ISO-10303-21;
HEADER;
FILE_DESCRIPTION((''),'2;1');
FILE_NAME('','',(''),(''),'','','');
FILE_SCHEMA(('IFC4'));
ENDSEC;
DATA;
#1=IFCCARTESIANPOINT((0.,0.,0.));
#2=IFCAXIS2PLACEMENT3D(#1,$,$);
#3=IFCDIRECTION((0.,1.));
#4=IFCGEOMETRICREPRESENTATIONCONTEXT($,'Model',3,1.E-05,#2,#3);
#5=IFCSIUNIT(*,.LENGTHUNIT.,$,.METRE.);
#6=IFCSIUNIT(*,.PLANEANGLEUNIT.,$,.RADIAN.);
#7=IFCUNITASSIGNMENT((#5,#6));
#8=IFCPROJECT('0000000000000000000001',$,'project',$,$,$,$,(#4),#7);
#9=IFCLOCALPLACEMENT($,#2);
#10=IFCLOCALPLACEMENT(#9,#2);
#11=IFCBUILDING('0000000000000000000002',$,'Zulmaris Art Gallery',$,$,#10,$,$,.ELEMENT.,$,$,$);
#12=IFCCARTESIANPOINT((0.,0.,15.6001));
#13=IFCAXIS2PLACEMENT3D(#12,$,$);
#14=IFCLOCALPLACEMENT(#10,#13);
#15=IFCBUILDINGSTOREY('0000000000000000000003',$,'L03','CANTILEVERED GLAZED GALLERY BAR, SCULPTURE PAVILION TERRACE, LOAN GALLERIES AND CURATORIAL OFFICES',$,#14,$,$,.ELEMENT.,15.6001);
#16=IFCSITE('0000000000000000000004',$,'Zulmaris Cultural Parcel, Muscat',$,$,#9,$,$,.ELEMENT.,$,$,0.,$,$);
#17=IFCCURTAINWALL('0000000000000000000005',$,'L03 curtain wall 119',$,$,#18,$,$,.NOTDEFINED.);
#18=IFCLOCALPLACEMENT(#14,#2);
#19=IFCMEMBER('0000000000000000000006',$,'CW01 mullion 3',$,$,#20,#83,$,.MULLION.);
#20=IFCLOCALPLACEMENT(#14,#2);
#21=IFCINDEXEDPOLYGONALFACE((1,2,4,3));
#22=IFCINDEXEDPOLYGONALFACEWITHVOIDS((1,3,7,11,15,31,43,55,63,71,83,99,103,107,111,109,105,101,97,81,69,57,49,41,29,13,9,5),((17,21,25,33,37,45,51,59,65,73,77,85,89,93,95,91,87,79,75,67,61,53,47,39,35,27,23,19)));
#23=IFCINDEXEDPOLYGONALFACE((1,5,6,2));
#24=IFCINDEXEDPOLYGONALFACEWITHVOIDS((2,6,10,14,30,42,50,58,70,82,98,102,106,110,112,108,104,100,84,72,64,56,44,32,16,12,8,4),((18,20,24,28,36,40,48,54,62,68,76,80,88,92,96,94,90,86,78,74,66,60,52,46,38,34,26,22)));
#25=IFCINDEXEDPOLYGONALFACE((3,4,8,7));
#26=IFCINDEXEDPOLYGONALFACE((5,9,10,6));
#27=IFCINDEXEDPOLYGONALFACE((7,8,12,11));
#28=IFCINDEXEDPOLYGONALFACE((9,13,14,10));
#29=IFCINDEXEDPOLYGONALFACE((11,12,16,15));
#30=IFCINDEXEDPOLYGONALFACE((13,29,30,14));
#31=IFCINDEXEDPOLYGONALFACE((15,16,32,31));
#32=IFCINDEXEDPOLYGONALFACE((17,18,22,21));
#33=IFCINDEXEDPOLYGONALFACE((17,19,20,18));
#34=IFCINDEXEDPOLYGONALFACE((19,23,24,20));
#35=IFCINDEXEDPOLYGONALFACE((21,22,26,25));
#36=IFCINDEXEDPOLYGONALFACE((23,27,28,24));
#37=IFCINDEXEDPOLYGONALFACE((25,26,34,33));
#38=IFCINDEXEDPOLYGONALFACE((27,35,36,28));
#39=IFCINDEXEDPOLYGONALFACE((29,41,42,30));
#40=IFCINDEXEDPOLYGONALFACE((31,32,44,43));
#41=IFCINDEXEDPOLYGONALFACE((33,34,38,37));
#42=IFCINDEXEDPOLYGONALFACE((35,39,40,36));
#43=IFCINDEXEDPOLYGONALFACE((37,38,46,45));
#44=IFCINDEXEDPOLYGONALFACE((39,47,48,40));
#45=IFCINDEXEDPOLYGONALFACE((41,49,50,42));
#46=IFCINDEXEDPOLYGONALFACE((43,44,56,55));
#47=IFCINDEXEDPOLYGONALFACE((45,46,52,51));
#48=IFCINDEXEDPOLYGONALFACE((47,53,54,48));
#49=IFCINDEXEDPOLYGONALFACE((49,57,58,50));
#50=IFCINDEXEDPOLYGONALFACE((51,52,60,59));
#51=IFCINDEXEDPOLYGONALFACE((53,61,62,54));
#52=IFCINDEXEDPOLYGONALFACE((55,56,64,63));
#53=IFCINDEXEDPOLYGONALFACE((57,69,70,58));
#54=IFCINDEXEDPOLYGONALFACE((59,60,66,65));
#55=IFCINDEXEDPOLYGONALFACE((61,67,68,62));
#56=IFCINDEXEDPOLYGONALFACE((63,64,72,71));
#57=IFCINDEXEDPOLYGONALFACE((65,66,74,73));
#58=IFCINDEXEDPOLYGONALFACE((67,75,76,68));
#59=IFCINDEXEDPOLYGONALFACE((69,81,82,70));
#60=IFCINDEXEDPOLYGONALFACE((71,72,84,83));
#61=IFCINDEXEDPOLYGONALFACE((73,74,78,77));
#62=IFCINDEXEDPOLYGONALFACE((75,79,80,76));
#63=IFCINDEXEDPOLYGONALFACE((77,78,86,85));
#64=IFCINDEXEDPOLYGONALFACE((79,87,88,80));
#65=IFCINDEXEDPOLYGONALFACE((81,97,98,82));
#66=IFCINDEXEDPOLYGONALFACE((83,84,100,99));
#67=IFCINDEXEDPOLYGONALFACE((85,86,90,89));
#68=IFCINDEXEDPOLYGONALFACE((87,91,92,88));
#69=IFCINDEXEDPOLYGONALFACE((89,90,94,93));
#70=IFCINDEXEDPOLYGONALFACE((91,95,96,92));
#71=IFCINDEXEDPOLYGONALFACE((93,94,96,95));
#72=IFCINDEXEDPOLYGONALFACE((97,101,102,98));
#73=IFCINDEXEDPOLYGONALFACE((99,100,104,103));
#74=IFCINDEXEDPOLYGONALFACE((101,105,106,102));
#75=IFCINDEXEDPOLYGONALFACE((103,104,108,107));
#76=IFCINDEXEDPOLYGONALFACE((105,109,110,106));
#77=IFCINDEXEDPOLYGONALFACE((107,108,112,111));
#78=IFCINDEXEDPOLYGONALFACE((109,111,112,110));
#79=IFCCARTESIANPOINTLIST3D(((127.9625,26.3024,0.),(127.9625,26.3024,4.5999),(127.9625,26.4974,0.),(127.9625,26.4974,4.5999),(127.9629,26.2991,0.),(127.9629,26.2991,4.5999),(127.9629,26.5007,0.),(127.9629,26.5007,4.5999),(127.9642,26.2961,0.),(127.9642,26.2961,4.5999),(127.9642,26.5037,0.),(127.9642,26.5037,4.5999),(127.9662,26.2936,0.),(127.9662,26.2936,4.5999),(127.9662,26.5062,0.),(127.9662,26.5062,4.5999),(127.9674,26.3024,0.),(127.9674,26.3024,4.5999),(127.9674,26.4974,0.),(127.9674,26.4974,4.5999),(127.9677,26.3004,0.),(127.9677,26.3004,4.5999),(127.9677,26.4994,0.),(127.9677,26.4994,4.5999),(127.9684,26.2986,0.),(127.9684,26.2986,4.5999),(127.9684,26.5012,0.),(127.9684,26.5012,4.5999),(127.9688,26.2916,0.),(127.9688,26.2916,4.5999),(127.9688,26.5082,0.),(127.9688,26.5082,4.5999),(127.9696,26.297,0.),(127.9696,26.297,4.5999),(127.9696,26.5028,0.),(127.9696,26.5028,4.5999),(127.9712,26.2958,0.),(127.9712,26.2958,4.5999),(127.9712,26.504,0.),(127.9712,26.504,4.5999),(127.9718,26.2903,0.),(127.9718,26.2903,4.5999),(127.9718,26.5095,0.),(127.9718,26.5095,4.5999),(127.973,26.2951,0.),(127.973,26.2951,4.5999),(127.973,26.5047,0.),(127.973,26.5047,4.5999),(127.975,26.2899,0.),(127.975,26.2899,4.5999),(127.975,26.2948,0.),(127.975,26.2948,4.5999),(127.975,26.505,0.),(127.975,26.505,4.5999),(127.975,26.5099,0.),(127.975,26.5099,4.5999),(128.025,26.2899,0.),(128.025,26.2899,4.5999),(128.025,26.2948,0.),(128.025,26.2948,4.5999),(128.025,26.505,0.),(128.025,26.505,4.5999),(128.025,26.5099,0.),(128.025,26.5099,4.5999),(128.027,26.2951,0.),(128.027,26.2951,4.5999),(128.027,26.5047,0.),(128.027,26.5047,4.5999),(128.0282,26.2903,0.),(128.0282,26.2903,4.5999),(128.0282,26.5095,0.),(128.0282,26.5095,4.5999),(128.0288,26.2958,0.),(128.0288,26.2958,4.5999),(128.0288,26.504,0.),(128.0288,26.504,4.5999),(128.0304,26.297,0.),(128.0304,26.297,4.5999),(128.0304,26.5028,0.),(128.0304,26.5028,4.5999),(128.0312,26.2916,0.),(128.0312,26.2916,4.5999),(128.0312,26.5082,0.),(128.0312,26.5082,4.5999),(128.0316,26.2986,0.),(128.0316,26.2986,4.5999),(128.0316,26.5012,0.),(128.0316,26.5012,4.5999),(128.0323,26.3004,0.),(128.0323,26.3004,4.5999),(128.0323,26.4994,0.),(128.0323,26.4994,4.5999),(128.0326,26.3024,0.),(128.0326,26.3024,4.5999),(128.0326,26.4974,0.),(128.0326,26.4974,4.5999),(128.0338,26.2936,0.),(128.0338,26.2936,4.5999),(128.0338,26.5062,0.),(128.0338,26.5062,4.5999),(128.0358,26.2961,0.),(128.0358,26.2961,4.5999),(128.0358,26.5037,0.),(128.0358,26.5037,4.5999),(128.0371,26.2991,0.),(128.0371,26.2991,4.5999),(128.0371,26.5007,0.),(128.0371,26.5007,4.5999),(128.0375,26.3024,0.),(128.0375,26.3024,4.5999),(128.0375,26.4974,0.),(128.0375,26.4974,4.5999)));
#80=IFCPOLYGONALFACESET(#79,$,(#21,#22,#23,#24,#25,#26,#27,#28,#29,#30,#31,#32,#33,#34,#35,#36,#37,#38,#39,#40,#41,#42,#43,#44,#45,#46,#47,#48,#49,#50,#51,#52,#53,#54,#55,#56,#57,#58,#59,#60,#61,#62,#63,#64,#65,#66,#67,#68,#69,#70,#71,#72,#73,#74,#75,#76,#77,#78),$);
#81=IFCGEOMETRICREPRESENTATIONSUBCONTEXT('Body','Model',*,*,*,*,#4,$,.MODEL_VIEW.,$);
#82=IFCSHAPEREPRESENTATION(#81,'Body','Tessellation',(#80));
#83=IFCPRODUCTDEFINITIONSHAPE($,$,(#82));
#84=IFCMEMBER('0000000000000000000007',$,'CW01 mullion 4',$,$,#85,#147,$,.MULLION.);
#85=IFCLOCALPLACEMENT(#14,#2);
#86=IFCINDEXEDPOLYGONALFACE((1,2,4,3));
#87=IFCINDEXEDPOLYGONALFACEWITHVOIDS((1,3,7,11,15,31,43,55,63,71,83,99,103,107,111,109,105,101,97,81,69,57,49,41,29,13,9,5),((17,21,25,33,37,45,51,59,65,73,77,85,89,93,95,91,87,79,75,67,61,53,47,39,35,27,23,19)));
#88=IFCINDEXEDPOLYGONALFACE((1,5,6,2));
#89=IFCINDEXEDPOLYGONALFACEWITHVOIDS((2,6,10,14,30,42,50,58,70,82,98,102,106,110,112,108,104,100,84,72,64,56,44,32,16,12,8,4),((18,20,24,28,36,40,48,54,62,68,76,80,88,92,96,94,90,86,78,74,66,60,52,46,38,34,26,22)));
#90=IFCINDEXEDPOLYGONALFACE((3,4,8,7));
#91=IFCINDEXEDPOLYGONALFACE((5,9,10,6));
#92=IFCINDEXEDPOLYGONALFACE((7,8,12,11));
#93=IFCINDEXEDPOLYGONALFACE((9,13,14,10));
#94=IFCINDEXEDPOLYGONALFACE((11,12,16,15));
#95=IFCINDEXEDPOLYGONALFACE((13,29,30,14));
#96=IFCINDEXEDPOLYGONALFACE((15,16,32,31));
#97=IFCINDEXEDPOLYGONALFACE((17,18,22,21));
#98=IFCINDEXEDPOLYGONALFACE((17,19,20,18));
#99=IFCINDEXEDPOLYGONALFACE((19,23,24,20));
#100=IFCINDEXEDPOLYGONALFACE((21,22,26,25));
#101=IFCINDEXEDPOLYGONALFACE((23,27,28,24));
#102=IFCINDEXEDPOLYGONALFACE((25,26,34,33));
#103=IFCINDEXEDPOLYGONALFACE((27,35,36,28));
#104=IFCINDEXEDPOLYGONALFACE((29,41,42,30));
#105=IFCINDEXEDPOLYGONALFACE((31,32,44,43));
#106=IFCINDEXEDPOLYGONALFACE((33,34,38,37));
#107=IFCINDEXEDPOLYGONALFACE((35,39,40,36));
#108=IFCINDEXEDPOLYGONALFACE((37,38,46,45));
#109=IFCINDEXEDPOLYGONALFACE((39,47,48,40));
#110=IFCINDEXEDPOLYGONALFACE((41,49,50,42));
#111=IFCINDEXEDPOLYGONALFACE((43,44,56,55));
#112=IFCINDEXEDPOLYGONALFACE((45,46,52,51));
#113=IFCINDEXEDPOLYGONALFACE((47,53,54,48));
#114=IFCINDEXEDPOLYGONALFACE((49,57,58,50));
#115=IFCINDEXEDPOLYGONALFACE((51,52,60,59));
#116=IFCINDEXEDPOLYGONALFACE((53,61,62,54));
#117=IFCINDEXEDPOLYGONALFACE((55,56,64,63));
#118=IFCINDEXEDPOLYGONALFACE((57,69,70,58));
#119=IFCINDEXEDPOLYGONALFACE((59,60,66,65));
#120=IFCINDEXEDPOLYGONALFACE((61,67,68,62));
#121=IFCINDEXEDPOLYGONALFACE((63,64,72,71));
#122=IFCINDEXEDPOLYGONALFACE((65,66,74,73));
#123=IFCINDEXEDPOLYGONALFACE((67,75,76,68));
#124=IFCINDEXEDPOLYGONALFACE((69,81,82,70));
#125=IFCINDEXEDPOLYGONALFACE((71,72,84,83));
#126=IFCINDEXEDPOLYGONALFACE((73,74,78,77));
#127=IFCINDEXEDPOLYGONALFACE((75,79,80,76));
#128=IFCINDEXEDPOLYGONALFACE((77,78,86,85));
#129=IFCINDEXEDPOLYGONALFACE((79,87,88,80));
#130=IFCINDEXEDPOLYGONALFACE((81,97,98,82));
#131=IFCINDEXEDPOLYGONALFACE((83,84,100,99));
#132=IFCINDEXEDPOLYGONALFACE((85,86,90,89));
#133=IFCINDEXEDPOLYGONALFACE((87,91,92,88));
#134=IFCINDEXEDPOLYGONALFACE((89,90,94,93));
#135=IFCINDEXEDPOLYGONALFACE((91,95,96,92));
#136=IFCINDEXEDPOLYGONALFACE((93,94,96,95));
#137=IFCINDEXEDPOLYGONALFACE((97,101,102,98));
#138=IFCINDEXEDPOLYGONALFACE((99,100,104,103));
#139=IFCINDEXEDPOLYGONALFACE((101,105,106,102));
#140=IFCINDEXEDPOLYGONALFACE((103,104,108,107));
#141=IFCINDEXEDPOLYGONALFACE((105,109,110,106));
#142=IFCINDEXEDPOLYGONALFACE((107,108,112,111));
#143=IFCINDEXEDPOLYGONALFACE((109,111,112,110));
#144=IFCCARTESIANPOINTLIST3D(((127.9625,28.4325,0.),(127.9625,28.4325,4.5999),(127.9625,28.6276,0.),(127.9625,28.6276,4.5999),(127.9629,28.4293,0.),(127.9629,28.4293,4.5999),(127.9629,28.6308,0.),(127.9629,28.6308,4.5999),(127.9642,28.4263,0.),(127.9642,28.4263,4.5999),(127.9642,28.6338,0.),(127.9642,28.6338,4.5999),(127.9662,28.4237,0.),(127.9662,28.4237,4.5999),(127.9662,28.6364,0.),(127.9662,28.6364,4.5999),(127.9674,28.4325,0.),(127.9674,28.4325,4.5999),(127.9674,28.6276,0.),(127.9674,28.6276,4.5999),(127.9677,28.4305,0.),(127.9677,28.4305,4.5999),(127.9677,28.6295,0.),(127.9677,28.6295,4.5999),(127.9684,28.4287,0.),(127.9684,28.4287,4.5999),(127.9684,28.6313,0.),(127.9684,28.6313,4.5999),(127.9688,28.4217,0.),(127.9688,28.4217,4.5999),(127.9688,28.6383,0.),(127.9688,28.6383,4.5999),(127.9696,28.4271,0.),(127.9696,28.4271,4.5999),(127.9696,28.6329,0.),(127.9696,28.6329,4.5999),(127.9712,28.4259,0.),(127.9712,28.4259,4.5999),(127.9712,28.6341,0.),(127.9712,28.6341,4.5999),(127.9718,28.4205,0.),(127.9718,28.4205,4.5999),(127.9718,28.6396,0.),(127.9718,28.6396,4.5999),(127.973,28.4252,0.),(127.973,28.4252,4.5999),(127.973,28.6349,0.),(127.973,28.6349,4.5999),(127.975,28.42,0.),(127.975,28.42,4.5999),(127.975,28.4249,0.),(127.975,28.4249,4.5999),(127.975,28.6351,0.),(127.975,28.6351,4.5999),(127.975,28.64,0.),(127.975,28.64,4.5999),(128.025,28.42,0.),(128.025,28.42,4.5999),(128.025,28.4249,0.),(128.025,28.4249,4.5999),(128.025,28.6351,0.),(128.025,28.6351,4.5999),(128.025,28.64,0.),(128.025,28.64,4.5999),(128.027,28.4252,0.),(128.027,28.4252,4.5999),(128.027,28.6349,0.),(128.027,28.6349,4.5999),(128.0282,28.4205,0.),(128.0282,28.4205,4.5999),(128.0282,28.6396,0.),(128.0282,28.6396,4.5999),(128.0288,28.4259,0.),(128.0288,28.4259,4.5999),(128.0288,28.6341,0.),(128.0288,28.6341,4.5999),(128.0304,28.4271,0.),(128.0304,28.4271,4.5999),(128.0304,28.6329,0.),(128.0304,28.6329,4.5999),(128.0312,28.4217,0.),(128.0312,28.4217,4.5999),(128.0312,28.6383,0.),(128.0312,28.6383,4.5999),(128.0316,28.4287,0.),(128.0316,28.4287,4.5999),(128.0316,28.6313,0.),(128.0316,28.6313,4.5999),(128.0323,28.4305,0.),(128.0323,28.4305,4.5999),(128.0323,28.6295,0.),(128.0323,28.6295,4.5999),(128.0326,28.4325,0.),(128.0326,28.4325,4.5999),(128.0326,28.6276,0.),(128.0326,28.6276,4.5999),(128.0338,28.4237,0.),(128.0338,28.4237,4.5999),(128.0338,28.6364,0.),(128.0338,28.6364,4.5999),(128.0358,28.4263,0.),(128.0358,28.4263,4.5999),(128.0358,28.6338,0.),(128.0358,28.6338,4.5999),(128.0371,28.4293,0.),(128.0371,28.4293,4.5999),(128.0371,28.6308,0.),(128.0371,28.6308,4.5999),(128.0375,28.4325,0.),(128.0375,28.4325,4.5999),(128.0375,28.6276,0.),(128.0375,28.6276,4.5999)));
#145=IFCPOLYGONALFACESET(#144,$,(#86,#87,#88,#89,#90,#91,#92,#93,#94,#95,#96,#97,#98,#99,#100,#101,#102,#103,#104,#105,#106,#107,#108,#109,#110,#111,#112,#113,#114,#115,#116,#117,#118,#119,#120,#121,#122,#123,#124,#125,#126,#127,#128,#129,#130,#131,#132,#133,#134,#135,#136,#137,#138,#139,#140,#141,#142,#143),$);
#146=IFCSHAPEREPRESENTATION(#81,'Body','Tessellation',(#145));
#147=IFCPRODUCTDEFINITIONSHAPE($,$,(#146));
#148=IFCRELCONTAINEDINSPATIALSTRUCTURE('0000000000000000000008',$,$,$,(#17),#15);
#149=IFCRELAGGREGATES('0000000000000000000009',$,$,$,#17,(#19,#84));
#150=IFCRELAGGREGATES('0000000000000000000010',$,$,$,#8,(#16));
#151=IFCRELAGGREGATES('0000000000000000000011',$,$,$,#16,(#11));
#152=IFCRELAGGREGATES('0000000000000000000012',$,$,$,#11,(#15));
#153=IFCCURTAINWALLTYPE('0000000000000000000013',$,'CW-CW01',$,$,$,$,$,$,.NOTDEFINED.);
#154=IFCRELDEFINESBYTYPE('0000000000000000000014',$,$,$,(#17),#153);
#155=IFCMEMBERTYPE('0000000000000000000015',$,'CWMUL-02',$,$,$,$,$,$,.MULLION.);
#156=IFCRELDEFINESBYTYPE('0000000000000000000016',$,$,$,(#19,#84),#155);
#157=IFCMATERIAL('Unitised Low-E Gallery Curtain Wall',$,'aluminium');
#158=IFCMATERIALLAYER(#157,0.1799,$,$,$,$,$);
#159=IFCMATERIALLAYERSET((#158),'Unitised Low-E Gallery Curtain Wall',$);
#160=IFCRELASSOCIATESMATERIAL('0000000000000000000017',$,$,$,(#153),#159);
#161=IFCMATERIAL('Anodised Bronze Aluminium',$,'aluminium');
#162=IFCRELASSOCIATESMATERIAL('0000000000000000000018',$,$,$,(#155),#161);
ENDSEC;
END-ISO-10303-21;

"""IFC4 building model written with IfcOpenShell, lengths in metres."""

from ifc_helpers import new_model, si_unit, direction, frame, origin, origin_2d, place, context, subcontext, project, spatial, hollow_rectangle, extrude, material, layer, layer_set, material_profile, profile_set, type_object, element, aggregate, save


model = new_model("IFC4")

# Units and contexts
model_context = context("Model", 3, precision=1e-05, world=origin(), true_north=direction((0.0, 1.0)))
body_context = subcontext(model_context, "Body", "Model", "MODEL_VIEW")
ifc_project = project(units=[si_unit("LENGTHUNIT", "METRE"), si_unit("PLANEANGLEUNIT", "RADIAN")], contexts=[model_context])

# Site, building, storey
site_placement = place(None, origin())
site = spatial("IfcSite", under=ifc_project, at=site_placement, Name="Zulmaris Cultural Parcel, Muscat", CompositionType="ELEMENT", RefElevation=0.0)
building_placement = place(site_placement, origin())
building = spatial("IfcBuilding", under=site, at=building_placement, Name="Zulmaris Art Gallery", CompositionType="ELEMENT")
storey_placement = place(building_placement, frame((0.0, 0.0, 15.6001)))
storey = spatial("IfcBuildingStorey", under=building, at=storey_placement, Name="L03", Description="CANTILEVERED GLAZED GALLERY BAR, SCULPTURE PAVILION TERRACE, LOAN GALLERIES AND CURATORIAL OFFICES", CompositionType="ELEMENT", Elevation=15.6001)

# Curtain wall, members
ifc_material_1 = material(Name="Unitised Low-E Gallery Curtain Wall", Category="aluminium")
ifc_layer_1 = layer(ifc_material_1, 0.1799)
ifc_layer_set_1 = layer_set([ifc_layer_1], Name="Unitised Low-E Gallery Curtain Wall")
curtain_wall_type = type_object("IfcCurtainWallType", Name="CW-CW01", PredefinedType="NOTDEFINED", material=ifc_layer_set_1)
curtain_wall_placement = place(storey_placement, origin())
curtain_wall = element("IfcCurtainWall", 1, at=curtain_wall_placement, inside=storey, type_object=curtain_wall_type, Name="L03 curtain wall 119", PredefinedType="NOTDEFINED")
ifc_material_2 = material(Name="Anodised Bronze Aluminium", Category="aluminium")
ifc_material_profile_1 = material_profile(ifc_material_2, hollow_rectangle(XDim=0.075, YDim=0.22, WallThickness=0.0049, InnerFilletRadius=0.0076, OuterFilletRadius=0.0125, at=origin_2d()), Name="ALU 75x220x5")
ifc_profile_set_1 = profile_set([ifc_material_profile_1], Name="Anodised Bronze Aluminium")
member_type_1 = type_object("IfcMemberType", Name="CWMUL-02", PredefinedType="MULLION", material=ifc_profile_set_1)
member_1_placement = place(storey_placement, frame((128.0, 26.3999, 0.0), z_axis=(0.0, 0.0, 1.0), x_axis=(-1.0, 0.0, 0.0)))
member_1 = element("IfcMember", 2, at=member_1_placement, type_object=member_type_1, Name="CW01 mullion 3", PredefinedType="MULLION", context=body_context, shape_type="SweptSolid", body=[
    extrude(hollow_rectangle(XDim=0.075, YDim=0.22, WallThickness=0.0049, InnerFilletRadius=0.0076, OuterFilletRadius=0.0125, at=origin_2d()), origin(), (0.0, 0.0, 1.0), 4.5999),
])
member_2_placement = place(storey_placement, frame((128.0, 28.53, 0.0), z_axis=(0.0, 0.0, 1.0), x_axis=(-1.0, 0.0, 0.0)))
member_2 = element("IfcMember", 3, at=member_2_placement, type_object=member_type_1, Name="CW01 mullion 4", PredefinedType="MULLION", context=body_context, shape_type="SweptSolid", body=[
    extrude(hollow_rectangle(XDim=0.075, YDim=0.22, WallThickness=0.0049, InnerFilletRadius=0.0076, OuterFilletRadius=0.0125, at=origin_2d()), origin(), (0.0, 0.0, 1.0), 4.5999),
])
aggregate(curtain_wall, [member_1, member_2])

save(model, "model.ifc")
